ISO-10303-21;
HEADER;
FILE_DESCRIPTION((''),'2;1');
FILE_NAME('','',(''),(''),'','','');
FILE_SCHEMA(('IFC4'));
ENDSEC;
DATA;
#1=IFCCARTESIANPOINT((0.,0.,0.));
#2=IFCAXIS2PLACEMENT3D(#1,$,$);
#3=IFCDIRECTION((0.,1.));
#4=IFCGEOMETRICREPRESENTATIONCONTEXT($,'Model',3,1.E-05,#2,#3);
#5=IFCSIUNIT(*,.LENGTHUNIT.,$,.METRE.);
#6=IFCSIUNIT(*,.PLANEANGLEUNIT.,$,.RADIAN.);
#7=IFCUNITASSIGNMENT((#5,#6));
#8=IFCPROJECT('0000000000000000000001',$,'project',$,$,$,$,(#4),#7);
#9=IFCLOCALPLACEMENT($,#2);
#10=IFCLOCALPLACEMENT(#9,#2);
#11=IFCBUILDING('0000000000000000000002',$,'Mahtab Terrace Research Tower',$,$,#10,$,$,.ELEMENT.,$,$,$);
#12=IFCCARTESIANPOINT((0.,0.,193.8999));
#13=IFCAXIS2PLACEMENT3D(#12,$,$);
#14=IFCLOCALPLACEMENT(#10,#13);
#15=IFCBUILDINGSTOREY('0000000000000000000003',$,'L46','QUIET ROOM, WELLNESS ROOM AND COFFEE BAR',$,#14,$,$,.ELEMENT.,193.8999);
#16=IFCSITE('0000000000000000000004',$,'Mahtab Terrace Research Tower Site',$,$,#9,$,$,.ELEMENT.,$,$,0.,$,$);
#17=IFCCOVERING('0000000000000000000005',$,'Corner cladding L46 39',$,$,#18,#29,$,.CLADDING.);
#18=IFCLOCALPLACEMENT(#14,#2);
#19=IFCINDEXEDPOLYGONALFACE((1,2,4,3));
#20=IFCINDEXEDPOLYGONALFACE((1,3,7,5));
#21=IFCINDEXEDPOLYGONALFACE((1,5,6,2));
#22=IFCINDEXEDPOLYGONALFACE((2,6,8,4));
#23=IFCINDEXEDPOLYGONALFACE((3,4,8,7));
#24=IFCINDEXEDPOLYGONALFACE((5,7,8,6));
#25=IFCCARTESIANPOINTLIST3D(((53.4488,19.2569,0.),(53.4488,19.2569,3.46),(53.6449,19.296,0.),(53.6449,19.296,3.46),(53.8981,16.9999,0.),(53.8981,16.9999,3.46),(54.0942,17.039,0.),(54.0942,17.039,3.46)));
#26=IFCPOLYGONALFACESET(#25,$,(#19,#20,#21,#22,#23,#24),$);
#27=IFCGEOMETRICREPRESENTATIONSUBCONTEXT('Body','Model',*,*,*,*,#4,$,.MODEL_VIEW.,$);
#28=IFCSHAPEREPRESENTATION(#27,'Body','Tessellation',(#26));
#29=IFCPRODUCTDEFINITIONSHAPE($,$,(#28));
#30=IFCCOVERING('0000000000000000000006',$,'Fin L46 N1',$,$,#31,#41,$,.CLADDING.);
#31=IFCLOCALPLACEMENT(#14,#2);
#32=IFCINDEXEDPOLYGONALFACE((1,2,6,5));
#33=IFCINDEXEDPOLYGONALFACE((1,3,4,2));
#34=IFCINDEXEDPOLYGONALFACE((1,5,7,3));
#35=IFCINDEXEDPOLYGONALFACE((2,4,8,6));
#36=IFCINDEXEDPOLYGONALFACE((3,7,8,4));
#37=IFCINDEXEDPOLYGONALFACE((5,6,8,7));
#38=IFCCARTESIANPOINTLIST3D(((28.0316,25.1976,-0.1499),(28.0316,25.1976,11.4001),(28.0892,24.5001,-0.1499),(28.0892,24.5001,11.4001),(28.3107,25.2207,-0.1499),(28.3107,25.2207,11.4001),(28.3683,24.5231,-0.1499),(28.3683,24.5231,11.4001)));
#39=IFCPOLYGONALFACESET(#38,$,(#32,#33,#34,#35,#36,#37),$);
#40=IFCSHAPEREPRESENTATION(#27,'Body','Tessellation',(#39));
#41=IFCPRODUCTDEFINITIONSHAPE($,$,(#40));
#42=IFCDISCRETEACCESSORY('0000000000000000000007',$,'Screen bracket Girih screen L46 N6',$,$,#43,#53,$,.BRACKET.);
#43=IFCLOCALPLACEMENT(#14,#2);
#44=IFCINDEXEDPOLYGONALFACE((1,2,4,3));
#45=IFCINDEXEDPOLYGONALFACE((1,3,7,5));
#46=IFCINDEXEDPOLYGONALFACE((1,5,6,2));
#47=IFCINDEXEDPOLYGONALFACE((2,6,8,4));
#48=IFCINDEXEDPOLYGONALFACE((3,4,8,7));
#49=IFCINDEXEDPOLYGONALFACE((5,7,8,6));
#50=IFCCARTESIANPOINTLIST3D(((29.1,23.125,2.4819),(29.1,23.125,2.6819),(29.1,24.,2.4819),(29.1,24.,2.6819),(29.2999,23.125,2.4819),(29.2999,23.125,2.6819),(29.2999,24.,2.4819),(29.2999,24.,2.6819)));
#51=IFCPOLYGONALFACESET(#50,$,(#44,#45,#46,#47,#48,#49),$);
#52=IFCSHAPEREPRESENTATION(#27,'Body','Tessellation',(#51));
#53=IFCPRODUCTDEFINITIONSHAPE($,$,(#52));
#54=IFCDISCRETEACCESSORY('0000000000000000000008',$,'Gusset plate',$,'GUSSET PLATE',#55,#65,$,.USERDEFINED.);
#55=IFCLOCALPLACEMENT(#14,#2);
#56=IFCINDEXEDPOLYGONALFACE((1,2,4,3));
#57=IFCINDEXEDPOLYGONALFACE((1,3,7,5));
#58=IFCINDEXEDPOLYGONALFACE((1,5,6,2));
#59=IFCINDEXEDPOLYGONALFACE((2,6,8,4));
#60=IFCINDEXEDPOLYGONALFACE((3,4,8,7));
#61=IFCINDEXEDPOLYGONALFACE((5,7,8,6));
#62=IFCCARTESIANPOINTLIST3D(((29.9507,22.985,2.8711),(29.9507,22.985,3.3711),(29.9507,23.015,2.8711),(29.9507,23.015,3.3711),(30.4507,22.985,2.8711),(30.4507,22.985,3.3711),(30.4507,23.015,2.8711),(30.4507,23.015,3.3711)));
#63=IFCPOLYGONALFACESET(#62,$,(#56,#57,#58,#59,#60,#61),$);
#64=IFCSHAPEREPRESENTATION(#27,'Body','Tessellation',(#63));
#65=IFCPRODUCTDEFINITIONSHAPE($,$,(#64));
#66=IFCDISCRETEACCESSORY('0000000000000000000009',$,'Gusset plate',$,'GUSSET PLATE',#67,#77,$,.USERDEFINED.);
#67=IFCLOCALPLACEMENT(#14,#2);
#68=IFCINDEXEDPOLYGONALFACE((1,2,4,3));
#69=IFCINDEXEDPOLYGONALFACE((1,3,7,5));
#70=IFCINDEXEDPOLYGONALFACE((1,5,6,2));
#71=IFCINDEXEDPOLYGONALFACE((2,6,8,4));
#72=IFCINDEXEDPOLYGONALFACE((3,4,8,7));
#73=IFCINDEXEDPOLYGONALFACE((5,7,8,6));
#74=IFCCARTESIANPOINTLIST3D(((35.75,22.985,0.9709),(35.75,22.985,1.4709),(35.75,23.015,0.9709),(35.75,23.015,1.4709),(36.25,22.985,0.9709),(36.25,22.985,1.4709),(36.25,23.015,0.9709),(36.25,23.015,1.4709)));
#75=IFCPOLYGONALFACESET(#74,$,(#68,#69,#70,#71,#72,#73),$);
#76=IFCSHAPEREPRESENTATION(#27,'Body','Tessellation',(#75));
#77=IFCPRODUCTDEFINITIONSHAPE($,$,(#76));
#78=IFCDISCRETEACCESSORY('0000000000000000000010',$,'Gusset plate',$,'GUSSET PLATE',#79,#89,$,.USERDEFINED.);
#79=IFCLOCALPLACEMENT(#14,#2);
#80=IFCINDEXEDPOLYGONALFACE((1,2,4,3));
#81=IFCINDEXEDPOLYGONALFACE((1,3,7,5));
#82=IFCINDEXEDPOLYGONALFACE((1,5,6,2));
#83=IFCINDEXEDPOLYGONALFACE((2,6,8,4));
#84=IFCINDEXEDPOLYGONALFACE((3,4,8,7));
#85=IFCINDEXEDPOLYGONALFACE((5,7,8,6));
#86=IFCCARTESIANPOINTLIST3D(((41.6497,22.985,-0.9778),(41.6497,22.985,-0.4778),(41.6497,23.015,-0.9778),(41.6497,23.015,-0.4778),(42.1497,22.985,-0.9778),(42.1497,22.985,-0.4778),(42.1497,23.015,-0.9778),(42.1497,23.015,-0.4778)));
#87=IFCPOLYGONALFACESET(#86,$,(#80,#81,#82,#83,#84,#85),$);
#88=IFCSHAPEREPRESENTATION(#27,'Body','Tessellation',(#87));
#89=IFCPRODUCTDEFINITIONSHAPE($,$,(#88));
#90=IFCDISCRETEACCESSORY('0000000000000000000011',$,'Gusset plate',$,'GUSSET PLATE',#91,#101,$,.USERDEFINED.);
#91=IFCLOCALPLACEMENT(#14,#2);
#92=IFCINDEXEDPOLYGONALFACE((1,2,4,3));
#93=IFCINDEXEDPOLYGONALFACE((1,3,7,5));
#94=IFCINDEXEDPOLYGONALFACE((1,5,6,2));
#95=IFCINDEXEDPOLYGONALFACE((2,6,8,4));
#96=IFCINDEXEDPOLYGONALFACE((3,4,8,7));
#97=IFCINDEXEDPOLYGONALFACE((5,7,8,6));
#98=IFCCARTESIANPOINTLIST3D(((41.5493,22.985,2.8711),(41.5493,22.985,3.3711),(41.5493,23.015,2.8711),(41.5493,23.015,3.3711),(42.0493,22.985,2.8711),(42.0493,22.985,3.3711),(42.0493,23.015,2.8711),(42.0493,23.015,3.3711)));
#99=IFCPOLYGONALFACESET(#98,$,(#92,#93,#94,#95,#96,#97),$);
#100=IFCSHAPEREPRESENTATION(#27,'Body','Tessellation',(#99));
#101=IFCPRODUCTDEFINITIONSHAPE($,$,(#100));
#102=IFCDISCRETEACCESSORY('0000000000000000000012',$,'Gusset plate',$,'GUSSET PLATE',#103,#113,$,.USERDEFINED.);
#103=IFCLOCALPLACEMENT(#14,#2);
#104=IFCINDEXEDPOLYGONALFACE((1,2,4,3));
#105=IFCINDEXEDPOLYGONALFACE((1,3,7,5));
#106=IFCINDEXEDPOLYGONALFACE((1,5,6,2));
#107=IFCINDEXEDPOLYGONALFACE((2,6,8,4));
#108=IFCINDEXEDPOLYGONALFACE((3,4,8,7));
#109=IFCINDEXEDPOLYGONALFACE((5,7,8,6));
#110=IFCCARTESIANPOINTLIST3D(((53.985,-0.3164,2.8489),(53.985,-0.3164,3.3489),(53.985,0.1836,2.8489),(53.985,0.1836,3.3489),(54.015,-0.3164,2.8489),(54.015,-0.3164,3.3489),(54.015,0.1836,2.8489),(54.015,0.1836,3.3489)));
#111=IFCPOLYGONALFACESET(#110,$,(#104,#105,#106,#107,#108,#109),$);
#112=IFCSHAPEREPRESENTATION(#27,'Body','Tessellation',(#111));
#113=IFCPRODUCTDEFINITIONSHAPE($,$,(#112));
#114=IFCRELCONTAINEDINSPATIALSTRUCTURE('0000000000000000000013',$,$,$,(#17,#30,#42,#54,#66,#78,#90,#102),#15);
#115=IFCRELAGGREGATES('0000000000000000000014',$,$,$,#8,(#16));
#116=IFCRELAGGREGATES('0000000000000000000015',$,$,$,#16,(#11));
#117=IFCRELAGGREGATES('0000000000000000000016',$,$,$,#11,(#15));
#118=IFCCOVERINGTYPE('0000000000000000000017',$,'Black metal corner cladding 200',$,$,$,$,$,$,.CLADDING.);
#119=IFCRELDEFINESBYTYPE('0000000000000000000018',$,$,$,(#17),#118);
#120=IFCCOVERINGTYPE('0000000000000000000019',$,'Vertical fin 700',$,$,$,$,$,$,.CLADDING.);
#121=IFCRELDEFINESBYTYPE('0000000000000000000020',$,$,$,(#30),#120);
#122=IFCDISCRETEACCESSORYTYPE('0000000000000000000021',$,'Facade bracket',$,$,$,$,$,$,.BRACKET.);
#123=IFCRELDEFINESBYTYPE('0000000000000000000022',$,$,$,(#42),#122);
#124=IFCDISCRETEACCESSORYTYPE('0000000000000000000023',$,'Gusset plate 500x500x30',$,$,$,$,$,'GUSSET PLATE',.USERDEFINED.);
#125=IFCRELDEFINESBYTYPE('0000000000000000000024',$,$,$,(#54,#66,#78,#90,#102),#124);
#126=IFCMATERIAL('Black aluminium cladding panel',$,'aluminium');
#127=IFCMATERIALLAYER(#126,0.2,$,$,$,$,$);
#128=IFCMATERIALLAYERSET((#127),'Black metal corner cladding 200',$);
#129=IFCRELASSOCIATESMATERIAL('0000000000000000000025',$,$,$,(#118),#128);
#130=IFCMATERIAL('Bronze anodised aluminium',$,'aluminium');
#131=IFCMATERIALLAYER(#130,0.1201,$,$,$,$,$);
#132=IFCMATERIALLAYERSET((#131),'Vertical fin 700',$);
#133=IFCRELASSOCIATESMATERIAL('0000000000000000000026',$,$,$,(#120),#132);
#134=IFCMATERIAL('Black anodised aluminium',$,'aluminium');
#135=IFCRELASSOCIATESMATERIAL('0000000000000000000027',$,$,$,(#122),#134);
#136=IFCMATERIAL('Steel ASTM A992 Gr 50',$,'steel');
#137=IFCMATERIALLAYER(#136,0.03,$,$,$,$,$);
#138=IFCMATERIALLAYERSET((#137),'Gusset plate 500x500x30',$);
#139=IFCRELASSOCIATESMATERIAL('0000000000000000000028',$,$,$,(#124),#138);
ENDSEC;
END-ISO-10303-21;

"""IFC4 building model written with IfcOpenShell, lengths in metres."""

from ifc_helpers import new_model, si_unit, direction, frame, origin, origin_2d, place, context, subcontext, project, spatial, rectangle, extrude, material, layer, layer_set, type_object, element, save


model = new_model("IFC4")

# Units and contexts
model_context = context("Model", 3, precision=1e-05, world=origin(), true_north=direction((0.0, 1.0)))
body_context = subcontext(model_context, "Body", "Model", "MODEL_VIEW")
ifc_project = project(units=[si_unit("LENGTHUNIT", "METRE"), si_unit("PLANEANGLEUNIT", "RADIAN")], contexts=[model_context])

# Site, building, storey
site_placement = place(None, origin())
site = spatial("IfcSite", under=ifc_project, at=site_placement, Name="Mahtab Terrace Research Tower Site", CompositionType="ELEMENT", RefElevation=0.0)
building_placement = place(site_placement, origin())
building = spatial("IfcBuilding", under=site, at=building_placement, Name="Mahtab Terrace Research Tower", CompositionType="ELEMENT")
storey_placement = place(building_placement, frame((0.0, 0.0, 193.8999)))
storey = spatial("IfcBuildingStorey", under=building, at=storey_placement, Name="L46", Description="QUIET ROOM, WELLNESS ROOM AND COFFEE BAR", CompositionType="ELEMENT", Elevation=193.8999)

# Shared definitions
ifc_material_1 = material(Name="Steel ASTM A992 Gr 50", Category="steel")

# Shared definitions
ifc_material_2 = material(Name="Black aluminium cladding panel", Category="aluminium")

# Coverings
ifc_layer_1 = layer(ifc_material_2, 0.2)
ifc_layer_set_1 = layer_set([ifc_layer_1], Name="Black metal corner cladding 200")
covering_type_1 = type_object("IfcCoveringType", Name="Black metal corner cladding 200", PredefinedType="CLADDING", material=ifc_layer_set_1)
for number, where, z_axis, x_axis, name in (
    (1, (53.7715, 18.1479, 0.0), (0.0, 0.0, 1.0), (-0.195212, 0.980761, 0.0), "Corner cladding L46 39"),
):
    element("IfcCovering", number, at=place(storey_placement, frame(where, z_axis=z_axis, x_axis=x_axis)), inside=storey, type_object=covering_type_1, Name=name, PredefinedType="CLADDING", context=body_context, shape_type="SweptSolid", body=[
        extrude(rectangle(XDim=2.3013, YDim=0.2, at=origin_2d()), origin(), (0.0, 0.0, 1.0), 3.46),
    ])
ifc_material_3 = material(Name="Bronze anodised aluminium", Category="aluminium")
ifc_layer_2 = layer(ifc_material_3, 0.1201)
ifc_layer_set_2 = layer_set([ifc_layer_2], Name="Vertical fin 700")
covering_type_2 = type_object("IfcCoveringType", Name="Vertical fin 700", PredefinedType="CLADDING", material=ifc_layer_set_2)
covering_1_placement = place(storey_placement, frame((28.2, 24.8604, -0.1499), z_axis=(0.0, 0.0, 1.0), x_axis=(-0.996617, -0.082187, 0.0)))
element("IfcCovering", 2, at=covering_1_placement, inside=storey, type_object=covering_type_2, Name="Fin L46 N1", PredefinedType="CLADDING", context=body_context, shape_type="SweptSolid", body=[
    extrude(rectangle(XDim=0.28, YDim=0.7, at=origin_2d()), origin(), (0.0, 0.0, 1.0), 11.55),
])

# Discrete accessories
ifc_material_4 = material(Name="Black anodised aluminium", Category="aluminium")
discrete_accessory_type_1 = type_object("IfcDiscreteAccessoryType", Name="Facade bracket", PredefinedType="BRACKET", material=ifc_material_4)
discrete_accessory_placement = place(storey_placement, frame((29.2, 23.5625, 2.4819), z_axis=(0.0, 0.0, 1.0), x_axis=(-1.0, 0.0, 0.0)))
element("IfcDiscreteAccessory", 3, at=discrete_accessory_placement, inside=storey, type_object=discrete_accessory_type_1, Name="Screen bracket Girih screen L46 N6", PredefinedType="BRACKET", context=body_context, shape_type="SweptSolid", body=[
    extrude(rectangle(XDim=0.2, YDim=0.875, at=origin_2d()), origin(), (0.0, 0.0, 1.0), 0.2),
])
ifc_layer_3 = layer(ifc_material_1, 0.03)
ifc_layer_set_3 = layer_set([ifc_layer_3], Name="Gusset plate 500x500x30")
discrete_accessory_type_2 = type_object("IfcDiscreteAccessoryType", Name="Gusset plate 500x500x30", ElementType="GUSSET PLATE", PredefinedType="USERDEFINED", material=ifc_layer_set_3)
for number, where, z_axis, x_axis, name in (
    (4, (30.2007, 23.0, 2.8711), (0.0, 0.0, 1.0), (1.0, 0.0, 0.0), "Gusset plate"),
    (5, (36.0, 23.0, 0.9709), (0.0, 0.0, 1.0), (1.0, 0.0, 0.0), "Gusset plate"),
    (6, (41.8997, 23.0, -0.9778), (0.0, 0.0, 1.0), (1.0, 0.0, 0.0), "Gusset plate"),
    (7, (41.7993, 23.0, 2.8711), (0.0, 0.0, 1.0), (1.0, 0.0, 0.0), "Gusset plate"),
    (8, (54.0, -0.0664, 2.8489), (0.0, 0.0, 1.0), (0.0, 1.0, 0.0), "Gusset plate"),
):
    element("IfcDiscreteAccessory", number, at=place(storey_placement, frame(where, z_axis=z_axis, x_axis=x_axis)), inside=storey, type_object=discrete_accessory_type_2, Name=name, ObjectType="GUSSET PLATE", PredefinedType="USERDEFINED", context=body_context, shape_type="SweptSolid", body=[
        extrude(rectangle(XDim=0.5, YDim=0.03, at=origin_2d()), origin(), (0.0, 0.0, 1.0), 0.5),
    ])

save(model, "model.ifc")
